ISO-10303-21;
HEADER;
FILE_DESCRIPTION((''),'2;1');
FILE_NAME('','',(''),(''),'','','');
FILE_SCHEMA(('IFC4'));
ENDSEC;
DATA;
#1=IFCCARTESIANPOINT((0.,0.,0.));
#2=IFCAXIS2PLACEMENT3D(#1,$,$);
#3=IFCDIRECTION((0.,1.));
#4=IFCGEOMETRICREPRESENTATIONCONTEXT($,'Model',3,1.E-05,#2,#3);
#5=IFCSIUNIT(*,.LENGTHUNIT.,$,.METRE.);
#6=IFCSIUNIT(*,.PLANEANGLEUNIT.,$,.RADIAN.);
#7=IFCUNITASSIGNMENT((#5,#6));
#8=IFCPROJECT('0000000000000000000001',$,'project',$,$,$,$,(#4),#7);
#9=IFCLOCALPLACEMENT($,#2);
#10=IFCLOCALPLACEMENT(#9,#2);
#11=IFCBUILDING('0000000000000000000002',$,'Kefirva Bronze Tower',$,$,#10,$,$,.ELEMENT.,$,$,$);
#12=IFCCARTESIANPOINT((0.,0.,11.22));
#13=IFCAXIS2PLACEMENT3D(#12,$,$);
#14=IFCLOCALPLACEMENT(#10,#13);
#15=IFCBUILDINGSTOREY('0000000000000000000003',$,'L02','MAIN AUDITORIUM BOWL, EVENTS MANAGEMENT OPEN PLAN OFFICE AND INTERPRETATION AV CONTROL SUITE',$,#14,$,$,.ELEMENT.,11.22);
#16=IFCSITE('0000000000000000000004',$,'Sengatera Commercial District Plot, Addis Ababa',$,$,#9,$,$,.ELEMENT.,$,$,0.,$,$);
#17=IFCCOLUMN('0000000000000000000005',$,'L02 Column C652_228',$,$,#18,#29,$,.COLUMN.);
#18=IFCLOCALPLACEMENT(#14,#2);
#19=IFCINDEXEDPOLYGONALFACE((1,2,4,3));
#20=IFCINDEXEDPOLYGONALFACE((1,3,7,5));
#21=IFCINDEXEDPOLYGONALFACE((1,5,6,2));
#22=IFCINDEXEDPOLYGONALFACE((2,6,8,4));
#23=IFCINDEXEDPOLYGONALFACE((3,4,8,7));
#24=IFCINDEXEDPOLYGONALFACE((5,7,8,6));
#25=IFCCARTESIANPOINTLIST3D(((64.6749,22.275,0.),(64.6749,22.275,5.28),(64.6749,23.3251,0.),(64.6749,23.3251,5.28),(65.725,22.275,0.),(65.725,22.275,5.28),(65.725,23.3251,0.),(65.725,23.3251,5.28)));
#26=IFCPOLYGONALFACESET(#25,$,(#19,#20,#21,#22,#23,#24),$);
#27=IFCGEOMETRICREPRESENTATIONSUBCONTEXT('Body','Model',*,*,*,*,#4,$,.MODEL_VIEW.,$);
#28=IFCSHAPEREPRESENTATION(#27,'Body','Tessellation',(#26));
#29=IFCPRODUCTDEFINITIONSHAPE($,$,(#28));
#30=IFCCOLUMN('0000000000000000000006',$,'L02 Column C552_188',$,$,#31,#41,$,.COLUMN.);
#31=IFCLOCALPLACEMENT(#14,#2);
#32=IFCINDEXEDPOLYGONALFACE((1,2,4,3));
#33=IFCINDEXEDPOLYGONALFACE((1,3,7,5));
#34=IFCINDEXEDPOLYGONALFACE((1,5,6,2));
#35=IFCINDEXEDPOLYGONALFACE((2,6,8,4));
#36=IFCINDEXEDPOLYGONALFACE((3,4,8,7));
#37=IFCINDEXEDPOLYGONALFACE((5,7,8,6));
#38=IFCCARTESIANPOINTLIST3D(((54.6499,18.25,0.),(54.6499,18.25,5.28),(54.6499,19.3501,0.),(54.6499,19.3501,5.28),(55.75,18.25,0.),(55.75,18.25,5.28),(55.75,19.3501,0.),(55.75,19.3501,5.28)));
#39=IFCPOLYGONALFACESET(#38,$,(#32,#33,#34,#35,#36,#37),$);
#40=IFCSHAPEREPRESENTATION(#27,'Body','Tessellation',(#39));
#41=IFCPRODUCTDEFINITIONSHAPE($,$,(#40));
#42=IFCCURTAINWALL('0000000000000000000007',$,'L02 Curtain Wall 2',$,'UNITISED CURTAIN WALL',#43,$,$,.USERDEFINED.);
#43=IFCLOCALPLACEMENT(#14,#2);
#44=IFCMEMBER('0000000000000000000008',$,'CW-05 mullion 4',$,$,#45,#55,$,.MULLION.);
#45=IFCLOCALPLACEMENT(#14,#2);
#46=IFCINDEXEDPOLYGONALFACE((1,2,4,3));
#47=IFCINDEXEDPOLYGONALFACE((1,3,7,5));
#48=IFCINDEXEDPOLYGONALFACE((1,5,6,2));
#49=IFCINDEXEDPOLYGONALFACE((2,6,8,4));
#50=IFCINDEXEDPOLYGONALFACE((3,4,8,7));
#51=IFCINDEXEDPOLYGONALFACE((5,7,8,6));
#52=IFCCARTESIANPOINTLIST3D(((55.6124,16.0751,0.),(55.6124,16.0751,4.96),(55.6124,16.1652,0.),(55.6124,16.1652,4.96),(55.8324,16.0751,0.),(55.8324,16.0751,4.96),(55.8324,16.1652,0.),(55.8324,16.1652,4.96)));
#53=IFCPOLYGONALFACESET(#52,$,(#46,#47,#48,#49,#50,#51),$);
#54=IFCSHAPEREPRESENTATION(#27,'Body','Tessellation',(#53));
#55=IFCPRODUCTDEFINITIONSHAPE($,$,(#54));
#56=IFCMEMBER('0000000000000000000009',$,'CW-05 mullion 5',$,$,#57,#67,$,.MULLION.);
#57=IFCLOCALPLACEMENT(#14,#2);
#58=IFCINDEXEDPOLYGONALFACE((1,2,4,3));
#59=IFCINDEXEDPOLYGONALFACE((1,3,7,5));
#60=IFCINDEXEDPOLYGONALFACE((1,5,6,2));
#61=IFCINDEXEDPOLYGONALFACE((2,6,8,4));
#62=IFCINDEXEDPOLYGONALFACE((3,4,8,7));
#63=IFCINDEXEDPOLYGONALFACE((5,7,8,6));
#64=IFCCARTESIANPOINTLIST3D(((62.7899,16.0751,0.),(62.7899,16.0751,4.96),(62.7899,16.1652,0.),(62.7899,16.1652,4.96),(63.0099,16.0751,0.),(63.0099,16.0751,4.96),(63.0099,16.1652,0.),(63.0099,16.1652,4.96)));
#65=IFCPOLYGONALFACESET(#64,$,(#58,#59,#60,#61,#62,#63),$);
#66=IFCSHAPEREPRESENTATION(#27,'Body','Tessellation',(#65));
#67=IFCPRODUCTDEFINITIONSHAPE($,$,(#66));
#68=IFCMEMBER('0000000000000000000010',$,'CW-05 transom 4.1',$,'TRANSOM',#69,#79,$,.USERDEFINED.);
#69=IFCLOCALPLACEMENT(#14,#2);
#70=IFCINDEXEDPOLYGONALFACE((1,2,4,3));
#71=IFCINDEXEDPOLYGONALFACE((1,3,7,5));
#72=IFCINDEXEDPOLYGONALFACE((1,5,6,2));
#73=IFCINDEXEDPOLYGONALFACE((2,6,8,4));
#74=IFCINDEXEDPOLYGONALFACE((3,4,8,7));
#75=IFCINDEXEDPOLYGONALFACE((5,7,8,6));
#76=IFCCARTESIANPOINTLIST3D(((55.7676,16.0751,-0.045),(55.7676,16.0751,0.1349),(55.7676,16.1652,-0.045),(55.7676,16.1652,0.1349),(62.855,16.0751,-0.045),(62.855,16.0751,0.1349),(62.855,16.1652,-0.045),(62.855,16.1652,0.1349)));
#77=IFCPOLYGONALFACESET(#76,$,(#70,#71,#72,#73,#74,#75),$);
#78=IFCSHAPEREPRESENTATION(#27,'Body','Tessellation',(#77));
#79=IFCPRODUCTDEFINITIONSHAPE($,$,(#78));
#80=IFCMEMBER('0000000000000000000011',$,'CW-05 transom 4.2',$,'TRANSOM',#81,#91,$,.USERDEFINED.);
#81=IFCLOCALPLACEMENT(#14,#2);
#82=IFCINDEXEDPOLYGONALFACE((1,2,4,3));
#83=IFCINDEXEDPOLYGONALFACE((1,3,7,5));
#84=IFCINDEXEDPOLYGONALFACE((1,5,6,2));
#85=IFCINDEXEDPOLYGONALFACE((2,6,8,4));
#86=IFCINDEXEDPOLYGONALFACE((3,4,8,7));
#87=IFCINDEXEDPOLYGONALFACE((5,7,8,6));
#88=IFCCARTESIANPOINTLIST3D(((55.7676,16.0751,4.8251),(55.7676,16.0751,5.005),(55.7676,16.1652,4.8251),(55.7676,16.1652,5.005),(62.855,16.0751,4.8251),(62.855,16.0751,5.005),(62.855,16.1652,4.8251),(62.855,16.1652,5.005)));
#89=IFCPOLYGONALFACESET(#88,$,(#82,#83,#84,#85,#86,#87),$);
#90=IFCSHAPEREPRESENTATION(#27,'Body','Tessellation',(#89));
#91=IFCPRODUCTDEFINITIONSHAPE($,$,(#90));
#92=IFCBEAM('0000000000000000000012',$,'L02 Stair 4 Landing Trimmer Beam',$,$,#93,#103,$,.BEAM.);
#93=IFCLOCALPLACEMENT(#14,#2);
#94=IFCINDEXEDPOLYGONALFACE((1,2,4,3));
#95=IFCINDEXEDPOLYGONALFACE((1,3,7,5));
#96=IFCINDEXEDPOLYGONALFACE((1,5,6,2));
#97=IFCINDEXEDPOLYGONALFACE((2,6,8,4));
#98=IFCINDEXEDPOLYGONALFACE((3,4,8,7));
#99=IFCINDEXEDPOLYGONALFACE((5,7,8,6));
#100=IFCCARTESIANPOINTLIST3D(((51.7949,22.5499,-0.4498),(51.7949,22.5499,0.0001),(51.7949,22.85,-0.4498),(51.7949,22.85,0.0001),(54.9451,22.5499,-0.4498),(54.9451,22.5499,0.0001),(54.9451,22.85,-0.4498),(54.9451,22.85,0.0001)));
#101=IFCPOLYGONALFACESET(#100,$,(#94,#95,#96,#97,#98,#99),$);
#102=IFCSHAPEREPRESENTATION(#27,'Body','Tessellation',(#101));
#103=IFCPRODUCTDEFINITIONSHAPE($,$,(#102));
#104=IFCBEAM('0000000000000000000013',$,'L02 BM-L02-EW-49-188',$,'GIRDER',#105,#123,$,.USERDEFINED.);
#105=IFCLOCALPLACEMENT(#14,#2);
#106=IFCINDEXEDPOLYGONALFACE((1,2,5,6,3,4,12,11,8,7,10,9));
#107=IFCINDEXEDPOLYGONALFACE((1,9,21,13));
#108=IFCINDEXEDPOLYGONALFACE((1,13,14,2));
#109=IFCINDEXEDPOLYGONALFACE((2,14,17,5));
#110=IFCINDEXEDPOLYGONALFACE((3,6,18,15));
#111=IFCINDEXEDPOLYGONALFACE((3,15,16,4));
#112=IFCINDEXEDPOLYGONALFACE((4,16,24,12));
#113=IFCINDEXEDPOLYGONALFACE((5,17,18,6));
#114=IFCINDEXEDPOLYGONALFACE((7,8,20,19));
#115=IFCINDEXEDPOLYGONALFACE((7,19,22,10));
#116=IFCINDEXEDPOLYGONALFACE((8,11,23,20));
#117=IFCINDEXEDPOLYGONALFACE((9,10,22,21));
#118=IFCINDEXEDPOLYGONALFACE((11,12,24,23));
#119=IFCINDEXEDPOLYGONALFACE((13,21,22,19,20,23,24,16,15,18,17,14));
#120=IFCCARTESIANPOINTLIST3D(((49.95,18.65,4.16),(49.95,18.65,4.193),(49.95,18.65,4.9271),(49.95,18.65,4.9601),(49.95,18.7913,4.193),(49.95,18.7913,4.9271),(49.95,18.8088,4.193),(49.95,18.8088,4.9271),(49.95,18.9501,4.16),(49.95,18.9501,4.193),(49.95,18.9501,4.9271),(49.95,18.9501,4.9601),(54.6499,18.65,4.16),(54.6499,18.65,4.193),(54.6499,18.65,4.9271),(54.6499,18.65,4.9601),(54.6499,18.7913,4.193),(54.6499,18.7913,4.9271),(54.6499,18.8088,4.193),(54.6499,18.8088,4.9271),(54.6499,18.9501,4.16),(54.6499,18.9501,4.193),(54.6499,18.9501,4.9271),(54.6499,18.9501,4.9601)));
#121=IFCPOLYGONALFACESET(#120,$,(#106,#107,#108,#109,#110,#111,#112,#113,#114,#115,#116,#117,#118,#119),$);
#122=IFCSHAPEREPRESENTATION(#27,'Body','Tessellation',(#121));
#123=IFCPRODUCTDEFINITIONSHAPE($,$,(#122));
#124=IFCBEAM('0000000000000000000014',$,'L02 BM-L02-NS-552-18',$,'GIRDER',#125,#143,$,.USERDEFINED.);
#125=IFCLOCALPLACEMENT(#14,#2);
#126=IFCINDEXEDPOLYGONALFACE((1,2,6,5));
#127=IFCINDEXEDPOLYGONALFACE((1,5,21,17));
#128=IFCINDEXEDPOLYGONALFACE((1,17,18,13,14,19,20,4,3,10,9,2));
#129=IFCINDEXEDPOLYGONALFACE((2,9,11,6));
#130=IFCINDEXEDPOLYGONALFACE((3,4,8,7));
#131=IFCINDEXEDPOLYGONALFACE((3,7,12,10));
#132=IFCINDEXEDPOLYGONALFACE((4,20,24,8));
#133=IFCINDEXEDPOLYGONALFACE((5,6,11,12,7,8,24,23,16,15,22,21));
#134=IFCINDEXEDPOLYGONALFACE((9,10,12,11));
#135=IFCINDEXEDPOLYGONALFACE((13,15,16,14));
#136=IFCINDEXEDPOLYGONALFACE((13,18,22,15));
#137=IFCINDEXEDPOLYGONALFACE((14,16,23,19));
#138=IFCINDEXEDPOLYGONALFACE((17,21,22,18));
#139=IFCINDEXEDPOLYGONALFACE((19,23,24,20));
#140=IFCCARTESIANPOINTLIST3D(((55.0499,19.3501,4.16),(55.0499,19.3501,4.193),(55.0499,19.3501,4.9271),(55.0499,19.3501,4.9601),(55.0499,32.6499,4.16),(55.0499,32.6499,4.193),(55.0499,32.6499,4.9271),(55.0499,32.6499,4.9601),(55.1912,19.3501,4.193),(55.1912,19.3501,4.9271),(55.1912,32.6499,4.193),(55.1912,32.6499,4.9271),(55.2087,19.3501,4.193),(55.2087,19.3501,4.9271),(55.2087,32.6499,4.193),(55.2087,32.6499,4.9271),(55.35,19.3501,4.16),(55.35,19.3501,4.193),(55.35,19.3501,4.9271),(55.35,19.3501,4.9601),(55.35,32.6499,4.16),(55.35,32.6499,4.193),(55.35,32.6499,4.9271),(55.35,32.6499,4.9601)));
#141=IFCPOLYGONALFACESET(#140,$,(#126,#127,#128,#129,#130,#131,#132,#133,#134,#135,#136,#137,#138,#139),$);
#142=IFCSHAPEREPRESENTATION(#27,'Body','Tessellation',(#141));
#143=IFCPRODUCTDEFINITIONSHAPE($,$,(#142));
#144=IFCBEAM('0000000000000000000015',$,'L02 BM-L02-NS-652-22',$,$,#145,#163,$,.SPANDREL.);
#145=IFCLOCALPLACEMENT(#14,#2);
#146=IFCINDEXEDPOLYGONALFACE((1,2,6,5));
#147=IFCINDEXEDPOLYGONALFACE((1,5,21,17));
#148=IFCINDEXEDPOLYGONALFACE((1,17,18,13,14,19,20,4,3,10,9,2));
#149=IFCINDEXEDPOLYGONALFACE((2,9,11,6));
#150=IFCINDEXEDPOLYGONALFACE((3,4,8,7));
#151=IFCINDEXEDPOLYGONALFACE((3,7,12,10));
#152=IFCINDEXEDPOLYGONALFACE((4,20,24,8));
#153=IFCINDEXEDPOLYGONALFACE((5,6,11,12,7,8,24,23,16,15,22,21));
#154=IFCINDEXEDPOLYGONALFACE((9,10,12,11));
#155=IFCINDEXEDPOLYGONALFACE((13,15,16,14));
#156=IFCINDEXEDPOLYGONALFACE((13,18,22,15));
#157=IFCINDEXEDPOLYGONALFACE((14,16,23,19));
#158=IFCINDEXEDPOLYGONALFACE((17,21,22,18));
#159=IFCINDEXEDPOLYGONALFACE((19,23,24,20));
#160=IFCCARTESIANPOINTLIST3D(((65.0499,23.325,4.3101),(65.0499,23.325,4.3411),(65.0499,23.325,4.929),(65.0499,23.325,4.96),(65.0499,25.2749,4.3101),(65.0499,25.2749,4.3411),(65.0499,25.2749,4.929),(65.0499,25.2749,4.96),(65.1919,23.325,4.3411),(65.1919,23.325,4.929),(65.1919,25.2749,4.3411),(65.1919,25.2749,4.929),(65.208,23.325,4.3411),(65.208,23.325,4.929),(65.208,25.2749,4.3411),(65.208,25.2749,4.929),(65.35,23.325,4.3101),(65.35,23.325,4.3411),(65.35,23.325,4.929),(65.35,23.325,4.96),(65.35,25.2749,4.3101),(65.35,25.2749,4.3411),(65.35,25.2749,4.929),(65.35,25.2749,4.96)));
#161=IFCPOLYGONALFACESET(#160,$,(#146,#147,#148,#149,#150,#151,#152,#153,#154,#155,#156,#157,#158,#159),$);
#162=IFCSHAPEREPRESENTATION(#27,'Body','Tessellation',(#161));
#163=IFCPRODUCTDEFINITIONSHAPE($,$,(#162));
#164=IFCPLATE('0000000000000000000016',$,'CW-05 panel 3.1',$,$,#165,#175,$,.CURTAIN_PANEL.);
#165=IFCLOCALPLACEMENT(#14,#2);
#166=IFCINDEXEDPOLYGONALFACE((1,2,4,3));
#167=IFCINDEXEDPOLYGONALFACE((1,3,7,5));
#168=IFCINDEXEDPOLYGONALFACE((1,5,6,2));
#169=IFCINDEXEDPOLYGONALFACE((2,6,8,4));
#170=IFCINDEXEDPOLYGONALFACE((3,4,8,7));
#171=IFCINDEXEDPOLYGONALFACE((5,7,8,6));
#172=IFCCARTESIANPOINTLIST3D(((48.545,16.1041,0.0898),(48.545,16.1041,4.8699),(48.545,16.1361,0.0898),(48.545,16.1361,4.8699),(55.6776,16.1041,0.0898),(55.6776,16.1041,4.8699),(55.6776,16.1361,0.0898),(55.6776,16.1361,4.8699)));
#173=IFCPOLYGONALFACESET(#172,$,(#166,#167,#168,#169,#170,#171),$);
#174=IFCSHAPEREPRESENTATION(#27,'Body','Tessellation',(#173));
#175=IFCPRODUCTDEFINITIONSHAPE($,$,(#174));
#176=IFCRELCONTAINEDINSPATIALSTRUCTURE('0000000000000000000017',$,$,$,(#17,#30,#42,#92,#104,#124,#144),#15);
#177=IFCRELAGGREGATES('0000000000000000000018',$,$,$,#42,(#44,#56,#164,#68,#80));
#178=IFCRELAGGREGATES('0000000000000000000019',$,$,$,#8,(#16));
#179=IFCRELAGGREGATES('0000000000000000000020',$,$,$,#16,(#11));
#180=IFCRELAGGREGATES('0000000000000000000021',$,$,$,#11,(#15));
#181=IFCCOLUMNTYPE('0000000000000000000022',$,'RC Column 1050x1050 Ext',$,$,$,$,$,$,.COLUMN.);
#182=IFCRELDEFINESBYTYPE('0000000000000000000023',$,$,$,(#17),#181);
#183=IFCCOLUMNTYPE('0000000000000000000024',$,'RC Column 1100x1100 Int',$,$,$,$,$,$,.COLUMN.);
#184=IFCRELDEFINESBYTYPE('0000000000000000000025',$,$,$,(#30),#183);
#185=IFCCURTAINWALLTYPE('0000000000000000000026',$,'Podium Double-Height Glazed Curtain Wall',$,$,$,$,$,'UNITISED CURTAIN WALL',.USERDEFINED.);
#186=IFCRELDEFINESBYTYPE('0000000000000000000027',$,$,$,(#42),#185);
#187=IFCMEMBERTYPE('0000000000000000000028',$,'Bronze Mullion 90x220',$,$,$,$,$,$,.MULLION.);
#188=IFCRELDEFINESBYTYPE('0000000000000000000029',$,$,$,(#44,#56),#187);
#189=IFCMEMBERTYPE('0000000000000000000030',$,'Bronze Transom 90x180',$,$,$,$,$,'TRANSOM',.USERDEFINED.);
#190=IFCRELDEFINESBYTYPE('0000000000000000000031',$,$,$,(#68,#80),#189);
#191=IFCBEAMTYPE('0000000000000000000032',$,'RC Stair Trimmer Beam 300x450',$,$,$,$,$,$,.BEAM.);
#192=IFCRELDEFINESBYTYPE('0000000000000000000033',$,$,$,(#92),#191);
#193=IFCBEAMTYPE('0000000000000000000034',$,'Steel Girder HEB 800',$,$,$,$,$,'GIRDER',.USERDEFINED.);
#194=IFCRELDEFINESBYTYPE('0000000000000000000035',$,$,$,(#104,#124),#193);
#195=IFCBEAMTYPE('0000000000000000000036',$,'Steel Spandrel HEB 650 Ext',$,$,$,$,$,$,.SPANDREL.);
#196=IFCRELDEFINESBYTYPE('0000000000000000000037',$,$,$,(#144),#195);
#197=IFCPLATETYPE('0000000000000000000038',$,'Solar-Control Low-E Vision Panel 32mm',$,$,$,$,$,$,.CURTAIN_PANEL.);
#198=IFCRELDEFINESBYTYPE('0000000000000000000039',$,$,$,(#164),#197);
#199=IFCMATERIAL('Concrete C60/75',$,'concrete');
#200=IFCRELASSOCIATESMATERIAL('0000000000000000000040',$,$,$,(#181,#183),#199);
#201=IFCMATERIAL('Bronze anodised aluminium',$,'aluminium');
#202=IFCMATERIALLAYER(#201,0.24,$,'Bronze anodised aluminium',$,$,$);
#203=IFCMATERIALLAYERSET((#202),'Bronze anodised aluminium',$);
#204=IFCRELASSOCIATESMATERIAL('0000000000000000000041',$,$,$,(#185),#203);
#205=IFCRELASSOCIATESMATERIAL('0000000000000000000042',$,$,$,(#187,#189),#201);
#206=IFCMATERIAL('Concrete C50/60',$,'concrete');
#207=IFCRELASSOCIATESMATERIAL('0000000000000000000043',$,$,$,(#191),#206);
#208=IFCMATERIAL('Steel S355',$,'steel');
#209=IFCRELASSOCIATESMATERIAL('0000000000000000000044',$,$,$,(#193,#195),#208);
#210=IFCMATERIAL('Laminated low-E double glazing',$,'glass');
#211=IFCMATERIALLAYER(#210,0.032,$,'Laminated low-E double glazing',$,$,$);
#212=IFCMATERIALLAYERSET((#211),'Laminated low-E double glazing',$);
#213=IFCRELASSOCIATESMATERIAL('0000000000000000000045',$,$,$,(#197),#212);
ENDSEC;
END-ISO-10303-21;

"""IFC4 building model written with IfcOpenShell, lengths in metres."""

from ifc_helpers import new_model, si_unit, direction, frame, origin, origin_2d, place, context, subcontext, project, spatial, rectangle, i_section, extrude, material, layer, layer_set, material_profile, profile_set, type_object, element, aggregate, save


model = new_model("IFC4")

# Units and contexts
model_context = context("Model", 3, precision=1e-05, world=origin(), true_north=direction((0.0, 1.0)))
body_context = subcontext(model_context, "Body", "Model", "MODEL_VIEW")
ifc_project = project(units=[si_unit("LENGTHUNIT", "METRE"), si_unit("PLANEANGLEUNIT", "RADIAN")], contexts=[model_context])

# Site, building, storey
site_placement = place(None, origin())
site = spatial("IfcSite", under=ifc_project, at=site_placement, Name="Sengatera Commercial District Plot, Addis Ababa", CompositionType="ELEMENT", RefElevation=0.0)
building_placement = place(site_placement, origin())
building = spatial("IfcBuilding", under=site, at=building_placement, Name="Kefirva Bronze Tower", CompositionType="ELEMENT")
storey_placement = place(building_placement, frame((0.0, 0.0, 11.22)))
storey = spatial("IfcBuildingStorey", under=building, at=storey_placement, Name="L02", Description="MAIN AUDITORIUM BOWL, EVENTS MANAGEMENT OPEN PLAN OFFICE AND INTERPRETATION AV CONTROL SUITE", CompositionType="ELEMENT", Elevation=11.22)

# Columns
ifc_material_1 = material(Name="Concrete C60/75", Category="concrete")
ifc_material_profile_1 = material_profile(ifc_material_1, rectangle(XDim=1.05, YDim=1.05, at=origin_2d()), Name="RC 1050x1050")
ifc_profile_set_1 = profile_set([ifc_material_profile_1], Name="Concrete C60/75")
column_type_1 = type_object("IfcColumnType", Name="RC Column 1050x1050 Ext", PredefinedType="COLUMN", material=ifc_profile_set_1)
column_1_placement = place(storey_placement, frame((65.2, 22.8, 0.0), z_axis=(0.0, 0.0, 1.0), x_axis=(1.0, 0.0, 0.0)))
element("IfcColumn", 1, at=column_1_placement, inside=storey, type_object=column_type_1, Name="L02 Column C652_228", PredefinedType="COLUMN", context=body_context, shape_type="SweptSolid", body=[
    extrude(rectangle(XDim=1.05, YDim=1.05, at=origin_2d()), origin(), (0.0, 0.0, 1.0), 5.28),
])
ifc_material_profile_2 = material_profile(ifc_material_1, rectangle(XDim=1.1001, YDim=1.1001, at=origin_2d()), Name="RC 1100x1100")
ifc_profile_set_2 = profile_set([ifc_material_profile_2], Name="Concrete C60/75")
column_type_2 = type_object("IfcColumnType", Name="RC Column 1100x1100 Int", PredefinedType="COLUMN", material=ifc_profile_set_2)
column_2_placement = place(storey_placement, frame((55.2, 18.8, 0.0), z_axis=(0.0, 0.0, 1.0), x_axis=(1.0, 0.0, 0.0)))
element("IfcColumn", 2, at=column_2_placement, inside=storey, type_object=column_type_2, Name="L02 Column C552_188", PredefinedType="COLUMN", context=body_context, shape_type="SweptSolid", body=[
    extrude(rectangle(XDim=1.1001, YDim=1.1001, at=origin_2d()), origin(), (0.0, 0.0, 1.0), 5.28),
])

# Curtain wall, members
ifc_material_2 = material(Name="Bronze anodised aluminium", Category="aluminium")
ifc_layer_1 = layer(ifc_material_2, 0.24, Name="Bronze anodised aluminium")
ifc_layer_set_1 = layer_set([ifc_layer_1], Name="Bronze anodised aluminium")
curtain_wall_type = type_object("IfcCurtainWallType", Name="Podium Double-Height Glazed Curtain Wall", ElementType="UNITISED CURTAIN WALL", PredefinedType="USERDEFINED", material=ifc_layer_set_1)
curtain_wall_placement = place(storey_placement, origin())
curtain_wall = element("IfcCurtainWall", 3, at=curtain_wall_placement, inside=storey, type_object=curtain_wall_type, Name="L02 Curtain Wall 2", ObjectType="UNITISED CURTAIN WALL", PredefinedType="USERDEFINED")
ifc_material_profile_3 = material_profile(ifc_material_2, rectangle(XDim=0.0901, YDim=0.22, at=origin_2d()), Name="ALU 90x220")
ifc_profile_set_3 = profile_set([ifc_material_profile_3], Name="Bronze anodised aluminium")
member_type_1 = type_object("IfcMemberType", Name="Bronze Mullion 90x220", PredefinedType="MULLION", material=ifc_profile_set_3)
member_1_placement = place(storey_placement, frame((55.7224, 16.1201, 0.0), z_axis=(0.0, 0.0, 1.0), x_axis=(0.0, 1.0, 0.0)))
member_1 = element("IfcMember", 4, at=member_1_placement, type_object=member_type_1, Name="CW-05 mullion 4", PredefinedType="MULLION", context=body_context, shape_type="SweptSolid", body=[
    extrude(rectangle(XDim=0.0901, YDim=0.22, at=origin_2d()), origin(), (0.0, 0.0, 1.0), 4.96),
])
member_2_placement = place(storey_placement, frame((62.8999, 16.1201, 0.0), z_axis=(0.0, 0.0, 1.0), x_axis=(0.0, 1.0, 0.0)))
member_2 = element("IfcMember", 5, at=member_2_placement, type_object=member_type_1, Name="CW-05 mullion 5", PredefinedType="MULLION", context=body_context, shape_type="SweptSolid", body=[
    extrude(rectangle(XDim=0.0901, YDim=0.22, at=origin_2d()), origin(), (0.0, 0.0, 1.0), 4.96),
])
ifc_material_profile_4 = material_profile(ifc_material_2, rectangle(XDim=0.0901, YDim=0.1799, at=origin_2d()), Name="ALU 90x180")
ifc_profile_set_4 = profile_set([ifc_material_profile_4], Name="Bronze anodised aluminium")
member_type_2 = type_object("IfcMemberType", Name="Bronze Transom 90x180", ElementType="TRANSOM", PredefinedType="USERDEFINED", material=ifc_profile_set_4)
member_3_placement = place(storey_placement, frame((55.7676, 16.1201, 0.0449), z_axis=(1.0, 0.0, 0.0), x_axis=(0.0, 1.0, 0.0)))
member_3 = element("IfcMember", 6, at=member_3_placement, type_object=member_type_2, Name="CW-05 transom 4.1", ObjectType="TRANSOM", PredefinedType="USERDEFINED", context=body_context, shape_type="SweptSolid", body=[
    extrude(rectangle(XDim=0.0901, YDim=0.1799, at=origin_2d()), origin(), (0.0, 0.0, 1.0), 7.0874),
])
member_4_placement = place(storey_placement, frame((55.7676, 16.1201, 4.915), z_axis=(1.0, 0.0, 0.0), x_axis=(0.0, 1.0, 0.0)))
member_4 = element("IfcMember", 7, at=member_4_placement, type_object=member_type_2, Name="CW-05 transom 4.2", ObjectType="TRANSOM", PredefinedType="USERDEFINED", context=body_context, shape_type="SweptSolid", body=[
    extrude(rectangle(XDim=0.0901, YDim=0.1799, at=origin_2d()), origin(), (0.0, 0.0, 1.0), 7.0874),
])

# Beams
ifc_material_3 = material(Name="Concrete C50/60", Category="concrete")
ifc_material_profile_5 = material_profile(ifc_material_3, rectangle(XDim=0.3, YDim=0.45, at=origin_2d()), Name="RC 300x450")
ifc_profile_set_5 = profile_set([ifc_material_profile_5], Name="Concrete C50/60")
beam_type_1 = type_object("IfcBeamType", Name="RC Stair Trimmer Beam 300x450", PredefinedType="BEAM", material=ifc_profile_set_5)
beam_1_placement = place(storey_placement, frame((51.7949, 22.7, -0.2249), z_axis=(1.0, 0.0, 0.0), x_axis=(0.0, 1.0, 0.0)))
element("IfcBeam", 8, at=beam_1_placement, inside=storey, type_object=beam_type_1, Name="L02 Stair 4 Landing Trimmer Beam", PredefinedType="BEAM", context=body_context, shape_type="SweptSolid", body=[
    extrude(rectangle(XDim=0.3, YDim=0.45, at=origin_2d()), origin(), (0.0, 0.0, 1.0), 3.1501),
])
ifc_material_4 = material(Name="Steel S355", Category="steel")
ifc_material_profile_6 = material_profile(ifc_material_4, i_section(OverallWidth=0.3, OverallDepth=0.8, WebThickness=0.0176, FlangeThickness=0.033, at=origin_2d()), Name="HEB 800")
ifc_profile_set_6 = profile_set([ifc_material_profile_6], Name="Steel S355")
beam_type_2 = type_object("IfcBeamType", Name="Steel Girder HEB 800", ElementType="GIRDER", PredefinedType="USERDEFINED", material=ifc_profile_set_6)
beam_2_placement = place(storey_placement, frame((49.95, 18.8, 4.5601), z_axis=(1.0, 0.0, 0.0), x_axis=(0.0, 1.0, 0.0)))
element("IfcBeam", 9, at=beam_2_placement, inside=storey, type_object=beam_type_2, Name="L02 BM-L02-EW-49-188", ObjectType="GIRDER", PredefinedType="USERDEFINED", context=body_context, shape_type="SweptSolid", body=[
    extrude(i_section(OverallWidth=0.3, OverallDepth=0.8, WebThickness=0.0176, FlangeThickness=0.033, at=origin_2d()), origin(), (0.0, 0.0, 1.0), 4.7),
])
beam_3_placement = place(storey_placement, frame((55.2, 19.3501, 4.5601), z_axis=(0.0, 1.0, 0.0), x_axis=(-1.0, 0.0, 0.0)))
element("IfcBeam", 10, at=beam_3_placement, inside=storey, type_object=beam_type_2, Name="L02 BM-L02-NS-552-18", ObjectType="GIRDER", PredefinedType="USERDEFINED", context=body_context, shape_type="SweptSolid", body=[
    extrude(i_section(OverallWidth=0.3, OverallDepth=0.8, WebThickness=0.0176, FlangeThickness=0.033, at=origin_2d()), origin(), (0.0, 0.0, 1.0), 13.2998),
])
ifc_material_profile_7 = material_profile(ifc_material_4, i_section(OverallWidth=0.3, OverallDepth=0.6499, WebThickness=0.0161, FlangeThickness=0.031, at=origin_2d()), Name="HEB 650")
ifc_profile_set_7 = profile_set([ifc_material_profile_7], Name="Steel S355")
beam_type_3 = type_object("IfcBeamType", Name="Steel Spandrel HEB 650 Ext", PredefinedType="SPANDREL", material=ifc_profile_set_7)
beam_4_placement = place(storey_placement, frame((65.2, 23.325, 4.635), z_axis=(0.0, 1.0, 0.0), x_axis=(-1.0, 0.0, 0.0)))
element("IfcBeam", 11, at=beam_4_placement, inside=storey, type_object=beam_type_3, Name="L02 BM-L02-NS-652-22", PredefinedType="SPANDREL", context=body_context, shape_type="SweptSolid", body=[
    extrude(i_section(OverallWidth=0.3, OverallDepth=0.6499, WebThickness=0.0161, FlangeThickness=0.031, at=origin_2d()), origin(), (0.0, 0.0, 1.0), 1.95),
])

# Plate
ifc_material_5 = material(Name="Laminated low-E double glazing", Category="glass")
ifc_layer_2 = layer(ifc_material_5, 0.032, Name="Laminated low-E double glazing")
ifc_layer_set_2 = layer_set([ifc_layer_2], Name="Laminated low-E double glazing")
plate_type = type_object("IfcPlateType", Name="Solar-Control Low-E Vision Panel 32mm", PredefinedType="CURTAIN_PANEL", material=ifc_layer_set_2)
plate_1_placement = place(storey_placement, frame((52.1113, 16.1201, 0.0898), z_axis=(0.0, 0.0, 1.0), x_axis=(1.0, 0.0, 0.0)))
plate_1 = element("IfcPlate", 12, at=plate_1_placement, type_object=plate_type, Name="CW-05 panel 3.1", PredefinedType="CURTAIN_PANEL", context=body_context, shape_type="SweptSolid", body=[
    extrude(rectangle(XDim=7.1326, YDim=0.032, at=origin_2d()), origin(), (0.0, 0.0, 1.0), 4.78),
])
aggregate(curtain_wall, [member_1, member_2, plate_1, member_3, member_4])

save(model, "model.ifc")
